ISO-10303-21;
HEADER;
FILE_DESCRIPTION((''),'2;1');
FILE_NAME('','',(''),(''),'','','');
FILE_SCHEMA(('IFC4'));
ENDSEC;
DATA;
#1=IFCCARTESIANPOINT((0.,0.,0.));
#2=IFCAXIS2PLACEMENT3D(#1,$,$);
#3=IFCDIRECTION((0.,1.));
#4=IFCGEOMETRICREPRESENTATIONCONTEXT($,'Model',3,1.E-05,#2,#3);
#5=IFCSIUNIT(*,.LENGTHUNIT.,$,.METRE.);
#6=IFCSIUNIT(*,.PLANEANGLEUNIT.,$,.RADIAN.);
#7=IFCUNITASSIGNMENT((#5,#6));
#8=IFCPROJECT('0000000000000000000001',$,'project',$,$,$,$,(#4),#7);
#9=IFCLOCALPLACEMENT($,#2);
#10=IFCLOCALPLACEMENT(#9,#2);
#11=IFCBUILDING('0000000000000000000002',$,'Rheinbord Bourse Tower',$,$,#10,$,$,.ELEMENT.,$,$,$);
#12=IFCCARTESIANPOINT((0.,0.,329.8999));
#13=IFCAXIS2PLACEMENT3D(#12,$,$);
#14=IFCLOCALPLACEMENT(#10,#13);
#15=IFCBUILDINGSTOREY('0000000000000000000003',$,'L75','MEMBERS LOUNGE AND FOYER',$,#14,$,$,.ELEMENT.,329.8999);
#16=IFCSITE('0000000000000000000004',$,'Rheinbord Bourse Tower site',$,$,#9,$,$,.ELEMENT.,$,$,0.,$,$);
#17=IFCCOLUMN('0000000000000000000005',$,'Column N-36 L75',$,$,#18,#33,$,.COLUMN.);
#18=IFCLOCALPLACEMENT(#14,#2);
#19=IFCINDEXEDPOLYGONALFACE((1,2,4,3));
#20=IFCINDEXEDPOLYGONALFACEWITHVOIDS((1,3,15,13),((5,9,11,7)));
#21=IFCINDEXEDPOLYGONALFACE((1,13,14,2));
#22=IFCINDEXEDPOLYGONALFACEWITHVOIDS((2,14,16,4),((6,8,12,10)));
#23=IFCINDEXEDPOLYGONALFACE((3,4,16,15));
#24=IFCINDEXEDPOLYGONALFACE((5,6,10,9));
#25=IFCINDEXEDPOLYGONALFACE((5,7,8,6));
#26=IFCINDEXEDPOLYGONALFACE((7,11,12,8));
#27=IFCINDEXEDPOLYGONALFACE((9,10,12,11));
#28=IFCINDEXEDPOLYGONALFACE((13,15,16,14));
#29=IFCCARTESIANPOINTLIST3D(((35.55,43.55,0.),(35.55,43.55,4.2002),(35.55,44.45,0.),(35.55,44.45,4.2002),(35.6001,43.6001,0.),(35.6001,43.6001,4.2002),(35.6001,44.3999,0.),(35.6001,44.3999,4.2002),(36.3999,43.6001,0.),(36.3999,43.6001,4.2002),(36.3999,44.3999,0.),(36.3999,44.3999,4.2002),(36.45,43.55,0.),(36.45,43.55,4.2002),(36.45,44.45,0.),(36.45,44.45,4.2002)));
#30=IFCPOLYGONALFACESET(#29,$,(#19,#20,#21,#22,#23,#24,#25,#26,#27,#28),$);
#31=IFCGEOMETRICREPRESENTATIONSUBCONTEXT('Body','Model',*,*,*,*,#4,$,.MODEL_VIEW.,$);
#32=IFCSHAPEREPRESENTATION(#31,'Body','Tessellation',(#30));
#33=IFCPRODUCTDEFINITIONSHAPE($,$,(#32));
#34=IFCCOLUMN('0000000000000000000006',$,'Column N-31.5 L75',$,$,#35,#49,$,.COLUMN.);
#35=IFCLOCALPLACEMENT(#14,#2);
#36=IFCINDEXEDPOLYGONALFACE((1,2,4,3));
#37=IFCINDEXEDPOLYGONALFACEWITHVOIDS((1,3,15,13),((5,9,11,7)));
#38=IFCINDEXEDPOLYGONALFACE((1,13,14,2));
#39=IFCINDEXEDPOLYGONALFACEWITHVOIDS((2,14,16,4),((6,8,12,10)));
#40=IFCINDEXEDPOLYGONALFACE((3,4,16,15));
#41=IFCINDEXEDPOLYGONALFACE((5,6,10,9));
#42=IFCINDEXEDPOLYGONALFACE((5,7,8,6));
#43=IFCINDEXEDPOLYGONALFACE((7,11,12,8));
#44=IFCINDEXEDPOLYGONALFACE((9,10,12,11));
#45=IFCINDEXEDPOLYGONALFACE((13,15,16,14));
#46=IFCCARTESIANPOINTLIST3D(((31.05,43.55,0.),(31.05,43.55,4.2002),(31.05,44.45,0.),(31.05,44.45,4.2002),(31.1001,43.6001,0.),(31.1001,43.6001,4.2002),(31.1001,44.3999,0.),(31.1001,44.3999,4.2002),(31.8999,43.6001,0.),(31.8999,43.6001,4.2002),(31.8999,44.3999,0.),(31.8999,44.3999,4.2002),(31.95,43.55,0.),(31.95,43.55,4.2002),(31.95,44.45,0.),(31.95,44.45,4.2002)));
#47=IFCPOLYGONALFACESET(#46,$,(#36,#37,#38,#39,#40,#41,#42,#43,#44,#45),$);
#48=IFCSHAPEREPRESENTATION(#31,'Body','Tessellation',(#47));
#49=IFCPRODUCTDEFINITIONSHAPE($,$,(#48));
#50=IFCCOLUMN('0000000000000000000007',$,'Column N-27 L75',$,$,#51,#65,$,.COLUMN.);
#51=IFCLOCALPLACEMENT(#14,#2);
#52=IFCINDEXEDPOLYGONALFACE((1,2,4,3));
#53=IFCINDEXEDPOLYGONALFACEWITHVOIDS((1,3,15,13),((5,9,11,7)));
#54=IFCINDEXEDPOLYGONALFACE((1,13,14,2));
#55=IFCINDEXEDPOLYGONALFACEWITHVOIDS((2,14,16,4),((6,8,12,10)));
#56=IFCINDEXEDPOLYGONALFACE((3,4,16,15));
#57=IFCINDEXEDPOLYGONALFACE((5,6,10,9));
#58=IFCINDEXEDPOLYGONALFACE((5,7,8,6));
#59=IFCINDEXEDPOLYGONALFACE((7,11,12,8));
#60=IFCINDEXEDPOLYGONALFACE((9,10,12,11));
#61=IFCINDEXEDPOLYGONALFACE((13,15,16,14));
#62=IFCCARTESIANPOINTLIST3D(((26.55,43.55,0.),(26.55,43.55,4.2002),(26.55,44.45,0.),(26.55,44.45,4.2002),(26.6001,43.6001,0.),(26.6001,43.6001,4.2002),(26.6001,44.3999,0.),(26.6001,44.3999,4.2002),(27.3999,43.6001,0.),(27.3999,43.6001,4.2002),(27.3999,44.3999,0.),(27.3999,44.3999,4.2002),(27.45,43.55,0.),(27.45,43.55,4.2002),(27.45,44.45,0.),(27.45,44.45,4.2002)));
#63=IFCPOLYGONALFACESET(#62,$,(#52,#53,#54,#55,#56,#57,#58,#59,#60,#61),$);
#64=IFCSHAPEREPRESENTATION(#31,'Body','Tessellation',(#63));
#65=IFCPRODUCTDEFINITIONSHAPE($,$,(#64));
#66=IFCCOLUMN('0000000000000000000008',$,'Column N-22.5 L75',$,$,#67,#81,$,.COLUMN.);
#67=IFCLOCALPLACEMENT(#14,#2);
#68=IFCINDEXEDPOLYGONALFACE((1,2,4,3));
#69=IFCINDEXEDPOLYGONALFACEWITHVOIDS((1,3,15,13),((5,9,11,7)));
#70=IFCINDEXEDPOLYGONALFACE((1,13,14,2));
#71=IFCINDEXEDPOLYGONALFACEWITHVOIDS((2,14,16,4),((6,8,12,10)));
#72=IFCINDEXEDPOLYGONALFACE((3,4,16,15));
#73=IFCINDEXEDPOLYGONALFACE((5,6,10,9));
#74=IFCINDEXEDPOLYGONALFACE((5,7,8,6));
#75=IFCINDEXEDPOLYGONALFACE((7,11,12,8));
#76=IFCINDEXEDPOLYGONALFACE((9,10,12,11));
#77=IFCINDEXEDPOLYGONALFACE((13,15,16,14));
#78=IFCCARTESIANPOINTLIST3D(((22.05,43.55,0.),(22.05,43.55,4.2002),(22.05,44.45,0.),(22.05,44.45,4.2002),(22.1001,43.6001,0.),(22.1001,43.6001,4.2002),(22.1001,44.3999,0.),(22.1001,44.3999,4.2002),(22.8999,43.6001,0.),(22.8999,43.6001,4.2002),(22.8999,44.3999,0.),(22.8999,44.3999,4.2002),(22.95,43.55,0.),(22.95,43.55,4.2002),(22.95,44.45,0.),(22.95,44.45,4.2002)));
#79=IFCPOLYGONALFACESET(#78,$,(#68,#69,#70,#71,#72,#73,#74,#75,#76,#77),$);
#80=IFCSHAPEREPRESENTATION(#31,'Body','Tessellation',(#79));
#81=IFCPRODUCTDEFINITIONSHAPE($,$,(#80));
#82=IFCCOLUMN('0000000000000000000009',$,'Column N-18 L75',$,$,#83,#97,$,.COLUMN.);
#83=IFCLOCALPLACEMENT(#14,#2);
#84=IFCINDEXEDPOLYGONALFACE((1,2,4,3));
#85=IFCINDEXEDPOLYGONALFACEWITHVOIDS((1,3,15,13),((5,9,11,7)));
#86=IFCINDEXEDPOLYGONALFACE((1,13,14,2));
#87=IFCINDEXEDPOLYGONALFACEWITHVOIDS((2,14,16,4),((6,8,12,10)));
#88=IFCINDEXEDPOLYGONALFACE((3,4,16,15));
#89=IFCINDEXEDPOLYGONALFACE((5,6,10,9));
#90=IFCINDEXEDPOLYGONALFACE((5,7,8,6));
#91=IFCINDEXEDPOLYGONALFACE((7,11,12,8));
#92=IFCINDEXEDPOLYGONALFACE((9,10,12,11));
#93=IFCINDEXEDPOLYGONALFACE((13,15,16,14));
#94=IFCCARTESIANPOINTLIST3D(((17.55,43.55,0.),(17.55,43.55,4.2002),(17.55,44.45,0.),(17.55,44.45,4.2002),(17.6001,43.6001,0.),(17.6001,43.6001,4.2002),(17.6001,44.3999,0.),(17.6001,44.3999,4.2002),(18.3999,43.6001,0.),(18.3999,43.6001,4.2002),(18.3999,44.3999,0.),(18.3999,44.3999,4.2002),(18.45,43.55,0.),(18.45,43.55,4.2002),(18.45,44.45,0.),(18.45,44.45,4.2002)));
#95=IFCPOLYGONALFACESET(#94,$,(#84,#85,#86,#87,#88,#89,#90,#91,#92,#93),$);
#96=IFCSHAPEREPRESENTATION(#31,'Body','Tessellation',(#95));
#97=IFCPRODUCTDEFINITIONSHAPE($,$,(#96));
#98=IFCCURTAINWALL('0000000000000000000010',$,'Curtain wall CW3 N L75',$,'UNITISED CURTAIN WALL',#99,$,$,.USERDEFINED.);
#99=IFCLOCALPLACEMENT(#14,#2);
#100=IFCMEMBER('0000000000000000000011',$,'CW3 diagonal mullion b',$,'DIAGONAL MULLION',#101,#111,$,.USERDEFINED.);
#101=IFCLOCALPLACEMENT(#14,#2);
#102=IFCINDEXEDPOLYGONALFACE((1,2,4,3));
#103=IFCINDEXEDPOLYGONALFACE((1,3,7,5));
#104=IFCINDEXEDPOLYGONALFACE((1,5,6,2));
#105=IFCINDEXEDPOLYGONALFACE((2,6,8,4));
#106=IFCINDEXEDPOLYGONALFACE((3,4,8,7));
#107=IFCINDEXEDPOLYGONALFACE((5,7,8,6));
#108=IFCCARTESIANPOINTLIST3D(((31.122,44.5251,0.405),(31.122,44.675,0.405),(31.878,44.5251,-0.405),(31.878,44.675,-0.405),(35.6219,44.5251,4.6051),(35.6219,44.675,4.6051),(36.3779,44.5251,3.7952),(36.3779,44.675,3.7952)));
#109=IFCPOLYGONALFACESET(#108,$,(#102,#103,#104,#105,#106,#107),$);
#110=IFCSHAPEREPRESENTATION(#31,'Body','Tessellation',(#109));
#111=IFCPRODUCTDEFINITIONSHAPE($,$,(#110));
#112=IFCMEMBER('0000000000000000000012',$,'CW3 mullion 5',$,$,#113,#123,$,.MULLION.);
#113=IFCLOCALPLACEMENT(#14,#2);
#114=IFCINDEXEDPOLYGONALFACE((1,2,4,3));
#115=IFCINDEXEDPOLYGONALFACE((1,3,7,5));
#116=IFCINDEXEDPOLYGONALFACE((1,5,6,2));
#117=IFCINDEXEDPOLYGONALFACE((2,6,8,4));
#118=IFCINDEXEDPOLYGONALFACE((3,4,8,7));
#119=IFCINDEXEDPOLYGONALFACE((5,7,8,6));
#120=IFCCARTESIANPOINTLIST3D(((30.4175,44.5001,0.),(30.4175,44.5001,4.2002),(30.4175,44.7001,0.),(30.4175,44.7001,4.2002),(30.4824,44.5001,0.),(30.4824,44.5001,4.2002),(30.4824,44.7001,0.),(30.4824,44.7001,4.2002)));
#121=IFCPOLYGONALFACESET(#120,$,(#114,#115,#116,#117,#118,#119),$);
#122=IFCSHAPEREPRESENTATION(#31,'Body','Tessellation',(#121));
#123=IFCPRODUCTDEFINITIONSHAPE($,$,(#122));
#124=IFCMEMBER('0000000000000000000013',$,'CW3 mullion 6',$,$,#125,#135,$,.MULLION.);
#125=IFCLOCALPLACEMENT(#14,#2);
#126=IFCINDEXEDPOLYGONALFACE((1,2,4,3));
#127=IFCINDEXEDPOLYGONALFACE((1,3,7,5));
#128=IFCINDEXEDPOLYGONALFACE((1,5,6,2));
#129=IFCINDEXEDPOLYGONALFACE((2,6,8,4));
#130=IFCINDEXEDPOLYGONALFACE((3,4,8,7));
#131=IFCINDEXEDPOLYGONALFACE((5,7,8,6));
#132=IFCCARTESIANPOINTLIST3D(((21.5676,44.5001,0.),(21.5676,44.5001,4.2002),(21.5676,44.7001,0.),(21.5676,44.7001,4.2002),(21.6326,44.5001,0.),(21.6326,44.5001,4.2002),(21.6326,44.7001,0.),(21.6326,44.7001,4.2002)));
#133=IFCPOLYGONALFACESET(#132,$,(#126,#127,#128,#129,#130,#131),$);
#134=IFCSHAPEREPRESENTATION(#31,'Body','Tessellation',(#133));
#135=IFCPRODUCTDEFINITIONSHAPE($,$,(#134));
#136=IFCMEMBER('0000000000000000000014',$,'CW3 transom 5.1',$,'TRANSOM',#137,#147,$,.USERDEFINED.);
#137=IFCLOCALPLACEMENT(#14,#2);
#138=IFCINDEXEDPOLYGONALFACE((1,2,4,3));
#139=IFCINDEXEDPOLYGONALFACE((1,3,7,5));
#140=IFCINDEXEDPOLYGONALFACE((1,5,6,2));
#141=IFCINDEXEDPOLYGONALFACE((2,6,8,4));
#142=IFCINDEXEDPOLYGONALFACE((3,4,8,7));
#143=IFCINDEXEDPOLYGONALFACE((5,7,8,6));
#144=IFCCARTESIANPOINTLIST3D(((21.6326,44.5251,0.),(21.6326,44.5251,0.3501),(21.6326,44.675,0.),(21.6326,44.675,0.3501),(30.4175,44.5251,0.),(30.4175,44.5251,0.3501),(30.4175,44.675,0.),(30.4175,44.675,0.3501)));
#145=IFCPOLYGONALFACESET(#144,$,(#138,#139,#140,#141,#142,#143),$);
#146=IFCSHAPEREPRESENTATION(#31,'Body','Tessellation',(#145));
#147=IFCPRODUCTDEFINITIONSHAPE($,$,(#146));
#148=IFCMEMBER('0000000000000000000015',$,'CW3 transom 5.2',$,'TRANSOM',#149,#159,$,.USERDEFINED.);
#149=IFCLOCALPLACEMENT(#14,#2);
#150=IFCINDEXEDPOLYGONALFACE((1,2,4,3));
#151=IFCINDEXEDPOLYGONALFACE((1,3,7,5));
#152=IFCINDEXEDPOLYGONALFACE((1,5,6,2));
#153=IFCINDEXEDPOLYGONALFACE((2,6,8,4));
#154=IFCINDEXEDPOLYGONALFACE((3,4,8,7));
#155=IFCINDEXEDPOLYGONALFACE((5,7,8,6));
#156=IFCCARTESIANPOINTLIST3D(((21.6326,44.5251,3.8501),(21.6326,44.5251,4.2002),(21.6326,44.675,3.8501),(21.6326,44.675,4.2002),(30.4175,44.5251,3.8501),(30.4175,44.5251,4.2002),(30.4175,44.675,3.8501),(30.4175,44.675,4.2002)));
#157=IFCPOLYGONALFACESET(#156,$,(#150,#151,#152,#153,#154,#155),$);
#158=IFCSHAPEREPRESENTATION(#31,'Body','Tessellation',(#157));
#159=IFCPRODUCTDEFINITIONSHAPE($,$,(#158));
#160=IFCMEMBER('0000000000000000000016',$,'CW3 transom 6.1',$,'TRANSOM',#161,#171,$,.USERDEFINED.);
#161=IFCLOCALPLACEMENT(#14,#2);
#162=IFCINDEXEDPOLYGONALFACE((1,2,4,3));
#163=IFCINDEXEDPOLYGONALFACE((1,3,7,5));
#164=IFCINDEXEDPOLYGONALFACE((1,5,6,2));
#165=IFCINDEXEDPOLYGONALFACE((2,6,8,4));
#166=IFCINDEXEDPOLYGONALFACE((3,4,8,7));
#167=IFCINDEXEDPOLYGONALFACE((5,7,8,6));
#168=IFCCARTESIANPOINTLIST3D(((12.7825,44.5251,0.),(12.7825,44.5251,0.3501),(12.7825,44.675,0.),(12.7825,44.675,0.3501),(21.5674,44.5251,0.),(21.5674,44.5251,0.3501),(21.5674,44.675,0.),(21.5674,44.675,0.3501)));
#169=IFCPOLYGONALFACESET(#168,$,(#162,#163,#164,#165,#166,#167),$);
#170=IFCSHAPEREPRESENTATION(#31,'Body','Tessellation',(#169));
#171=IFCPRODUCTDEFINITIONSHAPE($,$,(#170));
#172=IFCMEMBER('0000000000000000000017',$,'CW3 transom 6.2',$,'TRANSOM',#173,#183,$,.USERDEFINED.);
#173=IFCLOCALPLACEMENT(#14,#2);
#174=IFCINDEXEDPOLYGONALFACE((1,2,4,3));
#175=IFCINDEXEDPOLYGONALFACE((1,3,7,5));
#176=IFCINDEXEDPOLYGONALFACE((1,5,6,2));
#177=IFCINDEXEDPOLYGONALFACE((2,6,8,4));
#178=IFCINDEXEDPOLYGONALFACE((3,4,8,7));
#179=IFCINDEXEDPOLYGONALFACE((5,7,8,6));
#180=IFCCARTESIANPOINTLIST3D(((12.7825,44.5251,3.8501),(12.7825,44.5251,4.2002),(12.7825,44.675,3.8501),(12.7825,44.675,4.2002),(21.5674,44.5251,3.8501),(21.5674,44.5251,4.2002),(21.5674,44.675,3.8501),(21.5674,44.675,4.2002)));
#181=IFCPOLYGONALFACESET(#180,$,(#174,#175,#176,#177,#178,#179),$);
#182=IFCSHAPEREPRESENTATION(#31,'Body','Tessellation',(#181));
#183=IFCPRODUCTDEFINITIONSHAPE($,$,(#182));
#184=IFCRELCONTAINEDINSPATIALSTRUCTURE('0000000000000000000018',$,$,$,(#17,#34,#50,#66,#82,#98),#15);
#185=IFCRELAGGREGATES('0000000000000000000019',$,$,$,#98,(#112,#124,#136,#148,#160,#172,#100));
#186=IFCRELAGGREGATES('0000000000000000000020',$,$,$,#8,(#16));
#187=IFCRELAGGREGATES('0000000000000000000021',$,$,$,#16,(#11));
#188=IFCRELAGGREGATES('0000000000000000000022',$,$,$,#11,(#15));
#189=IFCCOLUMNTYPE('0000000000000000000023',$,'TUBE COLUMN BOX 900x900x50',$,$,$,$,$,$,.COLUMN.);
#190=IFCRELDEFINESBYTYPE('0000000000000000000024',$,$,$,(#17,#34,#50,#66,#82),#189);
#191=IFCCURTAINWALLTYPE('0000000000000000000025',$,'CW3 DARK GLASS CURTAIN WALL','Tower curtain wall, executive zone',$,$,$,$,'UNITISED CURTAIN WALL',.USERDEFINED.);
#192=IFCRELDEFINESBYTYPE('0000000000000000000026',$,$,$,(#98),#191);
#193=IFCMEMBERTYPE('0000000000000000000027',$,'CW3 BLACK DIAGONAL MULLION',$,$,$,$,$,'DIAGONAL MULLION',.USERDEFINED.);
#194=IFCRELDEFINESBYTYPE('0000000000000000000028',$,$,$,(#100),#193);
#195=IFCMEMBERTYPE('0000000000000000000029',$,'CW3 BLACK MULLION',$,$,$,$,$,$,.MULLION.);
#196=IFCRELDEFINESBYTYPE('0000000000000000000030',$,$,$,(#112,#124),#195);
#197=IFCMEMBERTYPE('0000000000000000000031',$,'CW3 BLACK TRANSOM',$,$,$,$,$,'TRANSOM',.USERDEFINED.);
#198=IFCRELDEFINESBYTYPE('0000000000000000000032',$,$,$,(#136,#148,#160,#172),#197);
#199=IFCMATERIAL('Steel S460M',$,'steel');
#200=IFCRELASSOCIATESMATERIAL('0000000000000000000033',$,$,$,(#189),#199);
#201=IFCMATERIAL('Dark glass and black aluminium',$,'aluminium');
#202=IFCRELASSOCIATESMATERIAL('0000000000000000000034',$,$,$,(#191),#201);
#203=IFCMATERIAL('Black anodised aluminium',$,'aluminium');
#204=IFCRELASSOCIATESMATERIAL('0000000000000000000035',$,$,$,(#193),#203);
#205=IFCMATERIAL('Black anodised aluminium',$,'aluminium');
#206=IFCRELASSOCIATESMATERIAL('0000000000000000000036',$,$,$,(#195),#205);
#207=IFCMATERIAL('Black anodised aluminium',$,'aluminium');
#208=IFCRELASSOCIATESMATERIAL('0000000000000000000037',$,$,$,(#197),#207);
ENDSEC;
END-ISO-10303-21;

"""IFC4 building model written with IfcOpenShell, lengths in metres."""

from ifc_helpers import new_model, si_unit, direction, frame, origin, origin_2d, place, context, subcontext, project, spatial, rectangle, hollow_rectangle, extrude, material, material_profile, profile_set, type_object, element, aggregate, save


model = new_model("IFC4")

# Units and contexts
model_context = context("Model", 3, precision=1e-05, world=origin(), true_north=direction((0.0, 1.0)))
body_context = subcontext(model_context, "Body", "Model", "MODEL_VIEW")
ifc_project = project(units=[si_unit("LENGTHUNIT", "METRE"), si_unit("PLANEANGLEUNIT", "RADIAN")], contexts=[model_context])

# Site, building, storey
site_placement = place(None, origin())
site = spatial("IfcSite", under=ifc_project, at=site_placement, Name="Rheinbord Bourse Tower site", CompositionType="ELEMENT", RefElevation=0.0)
building_placement = place(site_placement, origin())
building = spatial("IfcBuilding", under=site, at=building_placement, Name="Rheinbord Bourse Tower", CompositionType="ELEMENT")
storey_placement = place(building_placement, frame((0.0, 0.0, 329.8999)))
storey = spatial("IfcBuildingStorey", under=building, at=storey_placement, Name="L75", Description="MEMBERS LOUNGE AND FOYER", CompositionType="ELEMENT", Elevation=329.8999)

# Columns
ifc_material_1 = material(Name="Steel S460M", Category="steel")
ifc_material_profile_1 = material_profile(ifc_material_1, hollow_rectangle(XDim=0.8999, YDim=0.8999, WallThickness=0.05, at=origin_2d()), Name="BOX 900x900x50")
ifc_profile_set_1 = profile_set([ifc_material_profile_1], Name="Steel S460M")
column_type = type_object("IfcColumnType", Name="TUBE COLUMN BOX 900x900x50", PredefinedType="COLUMN", material=ifc_profile_set_1)
for number, where, z_axis, x_axis, name in (
    (1, (36.0, 44.0, 0.0), (0.0, 0.0, 1.0), (0.0, 1.0, 0.0), "Column N-36 L75"),
    (2, (31.5, 44.0, 0.0), (0.0, 0.0, 1.0), (0.0, 1.0, 0.0), "Column N-31.5 L75"),
    (3, (27.0, 44.0, 0.0), (0.0, 0.0, 1.0), (0.0, 1.0, 0.0), "Column N-27 L75"),
    (4, (22.5, 44.0, 0.0), (0.0, 0.0, 1.0), (0.0, 1.0, 0.0), "Column N-22.5 L75"),
    (5, (18.0, 44.0, 0.0), (0.0, 0.0, 1.0), (0.0, 1.0, 0.0), "Column N-18 L75"),
):
    element("IfcColumn", number, at=place(storey_placement, frame(where, z_axis=z_axis, x_axis=x_axis)), inside=storey, type_object=column_type, Name=name, PredefinedType="COLUMN", context=body_context, shape_type="SweptSolid", body=[
        extrude(hollow_rectangle(XDim=0.8999, YDim=0.8999, WallThickness=0.05, at=origin_2d()), origin(), (0.0, 0.0, 1.0), 4.2002),
    ])

# Curtain wall, members
ifc_material_2 = material(Name="Dark glass and black aluminium", Category="aluminium")
curtain_wall_type = type_object("IfcCurtainWallType", Name="CW3 DARK GLASS CURTAIN WALL", Description="Tower curtain wall, executive zone", ElementType="UNITISED CURTAIN WALL", PredefinedType="USERDEFINED", material=ifc_material_2)
curtain_wall_placement = place(storey_placement, origin())
curtain_wall = element("IfcCurtainWall", 6, at=curtain_wall_placement, inside=storey, type_object=curtain_wall_type, Name="Curtain wall CW3 N L75", ObjectType="UNITISED CURTAIN WALL", PredefinedType="USERDEFINED")
ifc_material_3 = material(Name="Black anodised aluminium", Category="aluminium")
ifc_material_profile_2 = material_profile(ifc_material_3, rectangle(XDim=0.1499, YDim=1.1079, at=origin_2d()), Name="CW3 DIAGONAL MULLION 1108x150")
ifc_profile_set_2 = profile_set([ifc_material_profile_2], Name="Black anodised aluminium")
member_type_1 = type_object("IfcMemberType", Name="CW3 BLACK DIAGONAL MULLION", ElementType="DIAGONAL MULLION", PredefinedType="USERDEFINED", material=ifc_profile_set_2)
member_1_placement = place(storey_placement, frame((31.5, 44.6001, 0.0), z_axis=(0.731039, 0.0, 0.682335), x_axis=(0.0, 1.0, 0.0)))
member_1 = element("IfcMember", 7, at=member_1_placement, type_object=member_type_1, Name="CW3 diagonal mullion b", ObjectType="DIAGONAL MULLION", PredefinedType="USERDEFINED", context=body_context, shape_type="SweptSolid", body=[
    extrude(rectangle(XDim=0.1499, YDim=1.1079, at=origin_2d()), origin(), (0.0, 0.0, 1.0), 6.1555),
])
ifc_material_4 = material(Name="Black anodised aluminium", Category="aluminium")
ifc_material_profile_3 = material_profile(ifc_material_4, rectangle(XDim=0.2, YDim=0.0649, at=origin_2d()), Name="CW3 MULLION 65x200")
ifc_profile_set_3 = profile_set([ifc_material_profile_3], Name="Black anodised aluminium")
member_type_2 = type_object("IfcMemberType", Name="CW3 BLACK MULLION", PredefinedType="MULLION", material=ifc_profile_set_3)
member_2_placement = place(storey_placement, frame((30.45, 44.6001, 0.0), z_axis=(0.0, 0.0, 1.0), x_axis=(0.0, -1.0, 0.0)))
member_2 = element("IfcMember", 8, at=member_2_placement, type_object=member_type_2, Name="CW3 mullion 5", PredefinedType="MULLION", context=body_context, shape_type="SweptSolid", body=[
    extrude(rectangle(XDim=0.2, YDim=0.0649, at=origin_2d()), origin(), (0.0, 0.0, 1.0), 4.2002),
])
member_3_placement = place(storey_placement, frame((21.6001, 44.6001, 0.0), z_axis=(0.0, 0.0, 1.0), x_axis=(0.0, -1.0, 0.0)))
member_3 = element("IfcMember", 9, at=member_3_placement, type_object=member_type_2, Name="CW3 mullion 6", PredefinedType="MULLION", context=body_context, shape_type="SweptSolid", body=[
    extrude(rectangle(XDim=0.2, YDim=0.0649, at=origin_2d()), origin(), (0.0, 0.0, 1.0), 4.2002),
])
ifc_material_5 = material(Name="Black anodised aluminium", Category="aluminium")
ifc_material_profile_4 = material_profile(ifc_material_5, rectangle(XDim=0.1499, YDim=0.3501, at=origin_2d()), Name="CW3 TRANSOM 350x150")
ifc_profile_set_4 = profile_set([ifc_material_profile_4], Name="Black anodised aluminium")
member_type_3 = type_object("IfcMemberType", Name="CW3 BLACK TRANSOM", ElementType="TRANSOM", PredefinedType="USERDEFINED", material=ifc_profile_set_4)
member_4_placement = place(storey_placement, frame((30.4175, 44.6001, 0.175), z_axis=(-1.0, 0.0, 0.0), x_axis=(0.0, -1.0, 0.0)))
member_4 = element("IfcMember", 10, at=member_4_placement, type_object=member_type_3, Name="CW3 transom 5.1", ObjectType="TRANSOM", PredefinedType="USERDEFINED", context=body_context, shape_type="SweptSolid", body=[
    extrude(rectangle(XDim=0.1499, YDim=0.3501, at=origin_2d()), origin(), (0.0, 0.0, 1.0), 8.7849),
])
member_5_placement = place(storey_placement, frame((30.4175, 44.6001, 4.0251), z_axis=(-1.0, 0.0, 0.0), x_axis=(0.0, -1.0, 0.0)))
member_5 = element("IfcMember", 11, at=member_5_placement, type_object=member_type_3, Name="CW3 transom 5.2", ObjectType="TRANSOM", PredefinedType="USERDEFINED", context=body_context, shape_type="SweptSolid", body=[
    extrude(rectangle(XDim=0.1499, YDim=0.3501, at=origin_2d()), origin(), (0.0, 0.0, 1.0), 8.7849),
])
member_6_placement = place(storey_placement, frame((21.5674, 44.6001, 0.175), z_axis=(-1.0, 0.0, 0.0), x_axis=(0.0, -1.0, 0.0)))
member_6 = element("IfcMember", 12, at=member_6_placement, type_object=member_type_3, Name="CW3 transom 6.1", ObjectType="TRANSOM", PredefinedType="USERDEFINED", context=body_context, shape_type="SweptSolid", body=[
    extrude(rectangle(XDim=0.1499, YDim=0.3501, at=origin_2d()), origin(), (0.0, 0.0, 1.0), 8.7849),
])
member_7_placement = place(storey_placement, frame((21.5674, 44.6001, 4.0251), z_axis=(-1.0, 0.0, 0.0), x_axis=(0.0, -1.0, 0.0)))
member_7 = element("IfcMember", 13, at=member_7_placement, type_object=member_type_3, Name="CW3 transom 6.2", ObjectType="TRANSOM", PredefinedType="USERDEFINED", context=body_context, shape_type="SweptSolid", body=[
    extrude(rectangle(XDim=0.1499, YDim=0.3501, at=origin_2d()), origin(), (0.0, 0.0, 1.0), 8.7849),
])

aggregate(curtain_wall, [member_2, member_3, member_4, member_5, member_6, member_7, member_1])

save(model, "model.ifc")
